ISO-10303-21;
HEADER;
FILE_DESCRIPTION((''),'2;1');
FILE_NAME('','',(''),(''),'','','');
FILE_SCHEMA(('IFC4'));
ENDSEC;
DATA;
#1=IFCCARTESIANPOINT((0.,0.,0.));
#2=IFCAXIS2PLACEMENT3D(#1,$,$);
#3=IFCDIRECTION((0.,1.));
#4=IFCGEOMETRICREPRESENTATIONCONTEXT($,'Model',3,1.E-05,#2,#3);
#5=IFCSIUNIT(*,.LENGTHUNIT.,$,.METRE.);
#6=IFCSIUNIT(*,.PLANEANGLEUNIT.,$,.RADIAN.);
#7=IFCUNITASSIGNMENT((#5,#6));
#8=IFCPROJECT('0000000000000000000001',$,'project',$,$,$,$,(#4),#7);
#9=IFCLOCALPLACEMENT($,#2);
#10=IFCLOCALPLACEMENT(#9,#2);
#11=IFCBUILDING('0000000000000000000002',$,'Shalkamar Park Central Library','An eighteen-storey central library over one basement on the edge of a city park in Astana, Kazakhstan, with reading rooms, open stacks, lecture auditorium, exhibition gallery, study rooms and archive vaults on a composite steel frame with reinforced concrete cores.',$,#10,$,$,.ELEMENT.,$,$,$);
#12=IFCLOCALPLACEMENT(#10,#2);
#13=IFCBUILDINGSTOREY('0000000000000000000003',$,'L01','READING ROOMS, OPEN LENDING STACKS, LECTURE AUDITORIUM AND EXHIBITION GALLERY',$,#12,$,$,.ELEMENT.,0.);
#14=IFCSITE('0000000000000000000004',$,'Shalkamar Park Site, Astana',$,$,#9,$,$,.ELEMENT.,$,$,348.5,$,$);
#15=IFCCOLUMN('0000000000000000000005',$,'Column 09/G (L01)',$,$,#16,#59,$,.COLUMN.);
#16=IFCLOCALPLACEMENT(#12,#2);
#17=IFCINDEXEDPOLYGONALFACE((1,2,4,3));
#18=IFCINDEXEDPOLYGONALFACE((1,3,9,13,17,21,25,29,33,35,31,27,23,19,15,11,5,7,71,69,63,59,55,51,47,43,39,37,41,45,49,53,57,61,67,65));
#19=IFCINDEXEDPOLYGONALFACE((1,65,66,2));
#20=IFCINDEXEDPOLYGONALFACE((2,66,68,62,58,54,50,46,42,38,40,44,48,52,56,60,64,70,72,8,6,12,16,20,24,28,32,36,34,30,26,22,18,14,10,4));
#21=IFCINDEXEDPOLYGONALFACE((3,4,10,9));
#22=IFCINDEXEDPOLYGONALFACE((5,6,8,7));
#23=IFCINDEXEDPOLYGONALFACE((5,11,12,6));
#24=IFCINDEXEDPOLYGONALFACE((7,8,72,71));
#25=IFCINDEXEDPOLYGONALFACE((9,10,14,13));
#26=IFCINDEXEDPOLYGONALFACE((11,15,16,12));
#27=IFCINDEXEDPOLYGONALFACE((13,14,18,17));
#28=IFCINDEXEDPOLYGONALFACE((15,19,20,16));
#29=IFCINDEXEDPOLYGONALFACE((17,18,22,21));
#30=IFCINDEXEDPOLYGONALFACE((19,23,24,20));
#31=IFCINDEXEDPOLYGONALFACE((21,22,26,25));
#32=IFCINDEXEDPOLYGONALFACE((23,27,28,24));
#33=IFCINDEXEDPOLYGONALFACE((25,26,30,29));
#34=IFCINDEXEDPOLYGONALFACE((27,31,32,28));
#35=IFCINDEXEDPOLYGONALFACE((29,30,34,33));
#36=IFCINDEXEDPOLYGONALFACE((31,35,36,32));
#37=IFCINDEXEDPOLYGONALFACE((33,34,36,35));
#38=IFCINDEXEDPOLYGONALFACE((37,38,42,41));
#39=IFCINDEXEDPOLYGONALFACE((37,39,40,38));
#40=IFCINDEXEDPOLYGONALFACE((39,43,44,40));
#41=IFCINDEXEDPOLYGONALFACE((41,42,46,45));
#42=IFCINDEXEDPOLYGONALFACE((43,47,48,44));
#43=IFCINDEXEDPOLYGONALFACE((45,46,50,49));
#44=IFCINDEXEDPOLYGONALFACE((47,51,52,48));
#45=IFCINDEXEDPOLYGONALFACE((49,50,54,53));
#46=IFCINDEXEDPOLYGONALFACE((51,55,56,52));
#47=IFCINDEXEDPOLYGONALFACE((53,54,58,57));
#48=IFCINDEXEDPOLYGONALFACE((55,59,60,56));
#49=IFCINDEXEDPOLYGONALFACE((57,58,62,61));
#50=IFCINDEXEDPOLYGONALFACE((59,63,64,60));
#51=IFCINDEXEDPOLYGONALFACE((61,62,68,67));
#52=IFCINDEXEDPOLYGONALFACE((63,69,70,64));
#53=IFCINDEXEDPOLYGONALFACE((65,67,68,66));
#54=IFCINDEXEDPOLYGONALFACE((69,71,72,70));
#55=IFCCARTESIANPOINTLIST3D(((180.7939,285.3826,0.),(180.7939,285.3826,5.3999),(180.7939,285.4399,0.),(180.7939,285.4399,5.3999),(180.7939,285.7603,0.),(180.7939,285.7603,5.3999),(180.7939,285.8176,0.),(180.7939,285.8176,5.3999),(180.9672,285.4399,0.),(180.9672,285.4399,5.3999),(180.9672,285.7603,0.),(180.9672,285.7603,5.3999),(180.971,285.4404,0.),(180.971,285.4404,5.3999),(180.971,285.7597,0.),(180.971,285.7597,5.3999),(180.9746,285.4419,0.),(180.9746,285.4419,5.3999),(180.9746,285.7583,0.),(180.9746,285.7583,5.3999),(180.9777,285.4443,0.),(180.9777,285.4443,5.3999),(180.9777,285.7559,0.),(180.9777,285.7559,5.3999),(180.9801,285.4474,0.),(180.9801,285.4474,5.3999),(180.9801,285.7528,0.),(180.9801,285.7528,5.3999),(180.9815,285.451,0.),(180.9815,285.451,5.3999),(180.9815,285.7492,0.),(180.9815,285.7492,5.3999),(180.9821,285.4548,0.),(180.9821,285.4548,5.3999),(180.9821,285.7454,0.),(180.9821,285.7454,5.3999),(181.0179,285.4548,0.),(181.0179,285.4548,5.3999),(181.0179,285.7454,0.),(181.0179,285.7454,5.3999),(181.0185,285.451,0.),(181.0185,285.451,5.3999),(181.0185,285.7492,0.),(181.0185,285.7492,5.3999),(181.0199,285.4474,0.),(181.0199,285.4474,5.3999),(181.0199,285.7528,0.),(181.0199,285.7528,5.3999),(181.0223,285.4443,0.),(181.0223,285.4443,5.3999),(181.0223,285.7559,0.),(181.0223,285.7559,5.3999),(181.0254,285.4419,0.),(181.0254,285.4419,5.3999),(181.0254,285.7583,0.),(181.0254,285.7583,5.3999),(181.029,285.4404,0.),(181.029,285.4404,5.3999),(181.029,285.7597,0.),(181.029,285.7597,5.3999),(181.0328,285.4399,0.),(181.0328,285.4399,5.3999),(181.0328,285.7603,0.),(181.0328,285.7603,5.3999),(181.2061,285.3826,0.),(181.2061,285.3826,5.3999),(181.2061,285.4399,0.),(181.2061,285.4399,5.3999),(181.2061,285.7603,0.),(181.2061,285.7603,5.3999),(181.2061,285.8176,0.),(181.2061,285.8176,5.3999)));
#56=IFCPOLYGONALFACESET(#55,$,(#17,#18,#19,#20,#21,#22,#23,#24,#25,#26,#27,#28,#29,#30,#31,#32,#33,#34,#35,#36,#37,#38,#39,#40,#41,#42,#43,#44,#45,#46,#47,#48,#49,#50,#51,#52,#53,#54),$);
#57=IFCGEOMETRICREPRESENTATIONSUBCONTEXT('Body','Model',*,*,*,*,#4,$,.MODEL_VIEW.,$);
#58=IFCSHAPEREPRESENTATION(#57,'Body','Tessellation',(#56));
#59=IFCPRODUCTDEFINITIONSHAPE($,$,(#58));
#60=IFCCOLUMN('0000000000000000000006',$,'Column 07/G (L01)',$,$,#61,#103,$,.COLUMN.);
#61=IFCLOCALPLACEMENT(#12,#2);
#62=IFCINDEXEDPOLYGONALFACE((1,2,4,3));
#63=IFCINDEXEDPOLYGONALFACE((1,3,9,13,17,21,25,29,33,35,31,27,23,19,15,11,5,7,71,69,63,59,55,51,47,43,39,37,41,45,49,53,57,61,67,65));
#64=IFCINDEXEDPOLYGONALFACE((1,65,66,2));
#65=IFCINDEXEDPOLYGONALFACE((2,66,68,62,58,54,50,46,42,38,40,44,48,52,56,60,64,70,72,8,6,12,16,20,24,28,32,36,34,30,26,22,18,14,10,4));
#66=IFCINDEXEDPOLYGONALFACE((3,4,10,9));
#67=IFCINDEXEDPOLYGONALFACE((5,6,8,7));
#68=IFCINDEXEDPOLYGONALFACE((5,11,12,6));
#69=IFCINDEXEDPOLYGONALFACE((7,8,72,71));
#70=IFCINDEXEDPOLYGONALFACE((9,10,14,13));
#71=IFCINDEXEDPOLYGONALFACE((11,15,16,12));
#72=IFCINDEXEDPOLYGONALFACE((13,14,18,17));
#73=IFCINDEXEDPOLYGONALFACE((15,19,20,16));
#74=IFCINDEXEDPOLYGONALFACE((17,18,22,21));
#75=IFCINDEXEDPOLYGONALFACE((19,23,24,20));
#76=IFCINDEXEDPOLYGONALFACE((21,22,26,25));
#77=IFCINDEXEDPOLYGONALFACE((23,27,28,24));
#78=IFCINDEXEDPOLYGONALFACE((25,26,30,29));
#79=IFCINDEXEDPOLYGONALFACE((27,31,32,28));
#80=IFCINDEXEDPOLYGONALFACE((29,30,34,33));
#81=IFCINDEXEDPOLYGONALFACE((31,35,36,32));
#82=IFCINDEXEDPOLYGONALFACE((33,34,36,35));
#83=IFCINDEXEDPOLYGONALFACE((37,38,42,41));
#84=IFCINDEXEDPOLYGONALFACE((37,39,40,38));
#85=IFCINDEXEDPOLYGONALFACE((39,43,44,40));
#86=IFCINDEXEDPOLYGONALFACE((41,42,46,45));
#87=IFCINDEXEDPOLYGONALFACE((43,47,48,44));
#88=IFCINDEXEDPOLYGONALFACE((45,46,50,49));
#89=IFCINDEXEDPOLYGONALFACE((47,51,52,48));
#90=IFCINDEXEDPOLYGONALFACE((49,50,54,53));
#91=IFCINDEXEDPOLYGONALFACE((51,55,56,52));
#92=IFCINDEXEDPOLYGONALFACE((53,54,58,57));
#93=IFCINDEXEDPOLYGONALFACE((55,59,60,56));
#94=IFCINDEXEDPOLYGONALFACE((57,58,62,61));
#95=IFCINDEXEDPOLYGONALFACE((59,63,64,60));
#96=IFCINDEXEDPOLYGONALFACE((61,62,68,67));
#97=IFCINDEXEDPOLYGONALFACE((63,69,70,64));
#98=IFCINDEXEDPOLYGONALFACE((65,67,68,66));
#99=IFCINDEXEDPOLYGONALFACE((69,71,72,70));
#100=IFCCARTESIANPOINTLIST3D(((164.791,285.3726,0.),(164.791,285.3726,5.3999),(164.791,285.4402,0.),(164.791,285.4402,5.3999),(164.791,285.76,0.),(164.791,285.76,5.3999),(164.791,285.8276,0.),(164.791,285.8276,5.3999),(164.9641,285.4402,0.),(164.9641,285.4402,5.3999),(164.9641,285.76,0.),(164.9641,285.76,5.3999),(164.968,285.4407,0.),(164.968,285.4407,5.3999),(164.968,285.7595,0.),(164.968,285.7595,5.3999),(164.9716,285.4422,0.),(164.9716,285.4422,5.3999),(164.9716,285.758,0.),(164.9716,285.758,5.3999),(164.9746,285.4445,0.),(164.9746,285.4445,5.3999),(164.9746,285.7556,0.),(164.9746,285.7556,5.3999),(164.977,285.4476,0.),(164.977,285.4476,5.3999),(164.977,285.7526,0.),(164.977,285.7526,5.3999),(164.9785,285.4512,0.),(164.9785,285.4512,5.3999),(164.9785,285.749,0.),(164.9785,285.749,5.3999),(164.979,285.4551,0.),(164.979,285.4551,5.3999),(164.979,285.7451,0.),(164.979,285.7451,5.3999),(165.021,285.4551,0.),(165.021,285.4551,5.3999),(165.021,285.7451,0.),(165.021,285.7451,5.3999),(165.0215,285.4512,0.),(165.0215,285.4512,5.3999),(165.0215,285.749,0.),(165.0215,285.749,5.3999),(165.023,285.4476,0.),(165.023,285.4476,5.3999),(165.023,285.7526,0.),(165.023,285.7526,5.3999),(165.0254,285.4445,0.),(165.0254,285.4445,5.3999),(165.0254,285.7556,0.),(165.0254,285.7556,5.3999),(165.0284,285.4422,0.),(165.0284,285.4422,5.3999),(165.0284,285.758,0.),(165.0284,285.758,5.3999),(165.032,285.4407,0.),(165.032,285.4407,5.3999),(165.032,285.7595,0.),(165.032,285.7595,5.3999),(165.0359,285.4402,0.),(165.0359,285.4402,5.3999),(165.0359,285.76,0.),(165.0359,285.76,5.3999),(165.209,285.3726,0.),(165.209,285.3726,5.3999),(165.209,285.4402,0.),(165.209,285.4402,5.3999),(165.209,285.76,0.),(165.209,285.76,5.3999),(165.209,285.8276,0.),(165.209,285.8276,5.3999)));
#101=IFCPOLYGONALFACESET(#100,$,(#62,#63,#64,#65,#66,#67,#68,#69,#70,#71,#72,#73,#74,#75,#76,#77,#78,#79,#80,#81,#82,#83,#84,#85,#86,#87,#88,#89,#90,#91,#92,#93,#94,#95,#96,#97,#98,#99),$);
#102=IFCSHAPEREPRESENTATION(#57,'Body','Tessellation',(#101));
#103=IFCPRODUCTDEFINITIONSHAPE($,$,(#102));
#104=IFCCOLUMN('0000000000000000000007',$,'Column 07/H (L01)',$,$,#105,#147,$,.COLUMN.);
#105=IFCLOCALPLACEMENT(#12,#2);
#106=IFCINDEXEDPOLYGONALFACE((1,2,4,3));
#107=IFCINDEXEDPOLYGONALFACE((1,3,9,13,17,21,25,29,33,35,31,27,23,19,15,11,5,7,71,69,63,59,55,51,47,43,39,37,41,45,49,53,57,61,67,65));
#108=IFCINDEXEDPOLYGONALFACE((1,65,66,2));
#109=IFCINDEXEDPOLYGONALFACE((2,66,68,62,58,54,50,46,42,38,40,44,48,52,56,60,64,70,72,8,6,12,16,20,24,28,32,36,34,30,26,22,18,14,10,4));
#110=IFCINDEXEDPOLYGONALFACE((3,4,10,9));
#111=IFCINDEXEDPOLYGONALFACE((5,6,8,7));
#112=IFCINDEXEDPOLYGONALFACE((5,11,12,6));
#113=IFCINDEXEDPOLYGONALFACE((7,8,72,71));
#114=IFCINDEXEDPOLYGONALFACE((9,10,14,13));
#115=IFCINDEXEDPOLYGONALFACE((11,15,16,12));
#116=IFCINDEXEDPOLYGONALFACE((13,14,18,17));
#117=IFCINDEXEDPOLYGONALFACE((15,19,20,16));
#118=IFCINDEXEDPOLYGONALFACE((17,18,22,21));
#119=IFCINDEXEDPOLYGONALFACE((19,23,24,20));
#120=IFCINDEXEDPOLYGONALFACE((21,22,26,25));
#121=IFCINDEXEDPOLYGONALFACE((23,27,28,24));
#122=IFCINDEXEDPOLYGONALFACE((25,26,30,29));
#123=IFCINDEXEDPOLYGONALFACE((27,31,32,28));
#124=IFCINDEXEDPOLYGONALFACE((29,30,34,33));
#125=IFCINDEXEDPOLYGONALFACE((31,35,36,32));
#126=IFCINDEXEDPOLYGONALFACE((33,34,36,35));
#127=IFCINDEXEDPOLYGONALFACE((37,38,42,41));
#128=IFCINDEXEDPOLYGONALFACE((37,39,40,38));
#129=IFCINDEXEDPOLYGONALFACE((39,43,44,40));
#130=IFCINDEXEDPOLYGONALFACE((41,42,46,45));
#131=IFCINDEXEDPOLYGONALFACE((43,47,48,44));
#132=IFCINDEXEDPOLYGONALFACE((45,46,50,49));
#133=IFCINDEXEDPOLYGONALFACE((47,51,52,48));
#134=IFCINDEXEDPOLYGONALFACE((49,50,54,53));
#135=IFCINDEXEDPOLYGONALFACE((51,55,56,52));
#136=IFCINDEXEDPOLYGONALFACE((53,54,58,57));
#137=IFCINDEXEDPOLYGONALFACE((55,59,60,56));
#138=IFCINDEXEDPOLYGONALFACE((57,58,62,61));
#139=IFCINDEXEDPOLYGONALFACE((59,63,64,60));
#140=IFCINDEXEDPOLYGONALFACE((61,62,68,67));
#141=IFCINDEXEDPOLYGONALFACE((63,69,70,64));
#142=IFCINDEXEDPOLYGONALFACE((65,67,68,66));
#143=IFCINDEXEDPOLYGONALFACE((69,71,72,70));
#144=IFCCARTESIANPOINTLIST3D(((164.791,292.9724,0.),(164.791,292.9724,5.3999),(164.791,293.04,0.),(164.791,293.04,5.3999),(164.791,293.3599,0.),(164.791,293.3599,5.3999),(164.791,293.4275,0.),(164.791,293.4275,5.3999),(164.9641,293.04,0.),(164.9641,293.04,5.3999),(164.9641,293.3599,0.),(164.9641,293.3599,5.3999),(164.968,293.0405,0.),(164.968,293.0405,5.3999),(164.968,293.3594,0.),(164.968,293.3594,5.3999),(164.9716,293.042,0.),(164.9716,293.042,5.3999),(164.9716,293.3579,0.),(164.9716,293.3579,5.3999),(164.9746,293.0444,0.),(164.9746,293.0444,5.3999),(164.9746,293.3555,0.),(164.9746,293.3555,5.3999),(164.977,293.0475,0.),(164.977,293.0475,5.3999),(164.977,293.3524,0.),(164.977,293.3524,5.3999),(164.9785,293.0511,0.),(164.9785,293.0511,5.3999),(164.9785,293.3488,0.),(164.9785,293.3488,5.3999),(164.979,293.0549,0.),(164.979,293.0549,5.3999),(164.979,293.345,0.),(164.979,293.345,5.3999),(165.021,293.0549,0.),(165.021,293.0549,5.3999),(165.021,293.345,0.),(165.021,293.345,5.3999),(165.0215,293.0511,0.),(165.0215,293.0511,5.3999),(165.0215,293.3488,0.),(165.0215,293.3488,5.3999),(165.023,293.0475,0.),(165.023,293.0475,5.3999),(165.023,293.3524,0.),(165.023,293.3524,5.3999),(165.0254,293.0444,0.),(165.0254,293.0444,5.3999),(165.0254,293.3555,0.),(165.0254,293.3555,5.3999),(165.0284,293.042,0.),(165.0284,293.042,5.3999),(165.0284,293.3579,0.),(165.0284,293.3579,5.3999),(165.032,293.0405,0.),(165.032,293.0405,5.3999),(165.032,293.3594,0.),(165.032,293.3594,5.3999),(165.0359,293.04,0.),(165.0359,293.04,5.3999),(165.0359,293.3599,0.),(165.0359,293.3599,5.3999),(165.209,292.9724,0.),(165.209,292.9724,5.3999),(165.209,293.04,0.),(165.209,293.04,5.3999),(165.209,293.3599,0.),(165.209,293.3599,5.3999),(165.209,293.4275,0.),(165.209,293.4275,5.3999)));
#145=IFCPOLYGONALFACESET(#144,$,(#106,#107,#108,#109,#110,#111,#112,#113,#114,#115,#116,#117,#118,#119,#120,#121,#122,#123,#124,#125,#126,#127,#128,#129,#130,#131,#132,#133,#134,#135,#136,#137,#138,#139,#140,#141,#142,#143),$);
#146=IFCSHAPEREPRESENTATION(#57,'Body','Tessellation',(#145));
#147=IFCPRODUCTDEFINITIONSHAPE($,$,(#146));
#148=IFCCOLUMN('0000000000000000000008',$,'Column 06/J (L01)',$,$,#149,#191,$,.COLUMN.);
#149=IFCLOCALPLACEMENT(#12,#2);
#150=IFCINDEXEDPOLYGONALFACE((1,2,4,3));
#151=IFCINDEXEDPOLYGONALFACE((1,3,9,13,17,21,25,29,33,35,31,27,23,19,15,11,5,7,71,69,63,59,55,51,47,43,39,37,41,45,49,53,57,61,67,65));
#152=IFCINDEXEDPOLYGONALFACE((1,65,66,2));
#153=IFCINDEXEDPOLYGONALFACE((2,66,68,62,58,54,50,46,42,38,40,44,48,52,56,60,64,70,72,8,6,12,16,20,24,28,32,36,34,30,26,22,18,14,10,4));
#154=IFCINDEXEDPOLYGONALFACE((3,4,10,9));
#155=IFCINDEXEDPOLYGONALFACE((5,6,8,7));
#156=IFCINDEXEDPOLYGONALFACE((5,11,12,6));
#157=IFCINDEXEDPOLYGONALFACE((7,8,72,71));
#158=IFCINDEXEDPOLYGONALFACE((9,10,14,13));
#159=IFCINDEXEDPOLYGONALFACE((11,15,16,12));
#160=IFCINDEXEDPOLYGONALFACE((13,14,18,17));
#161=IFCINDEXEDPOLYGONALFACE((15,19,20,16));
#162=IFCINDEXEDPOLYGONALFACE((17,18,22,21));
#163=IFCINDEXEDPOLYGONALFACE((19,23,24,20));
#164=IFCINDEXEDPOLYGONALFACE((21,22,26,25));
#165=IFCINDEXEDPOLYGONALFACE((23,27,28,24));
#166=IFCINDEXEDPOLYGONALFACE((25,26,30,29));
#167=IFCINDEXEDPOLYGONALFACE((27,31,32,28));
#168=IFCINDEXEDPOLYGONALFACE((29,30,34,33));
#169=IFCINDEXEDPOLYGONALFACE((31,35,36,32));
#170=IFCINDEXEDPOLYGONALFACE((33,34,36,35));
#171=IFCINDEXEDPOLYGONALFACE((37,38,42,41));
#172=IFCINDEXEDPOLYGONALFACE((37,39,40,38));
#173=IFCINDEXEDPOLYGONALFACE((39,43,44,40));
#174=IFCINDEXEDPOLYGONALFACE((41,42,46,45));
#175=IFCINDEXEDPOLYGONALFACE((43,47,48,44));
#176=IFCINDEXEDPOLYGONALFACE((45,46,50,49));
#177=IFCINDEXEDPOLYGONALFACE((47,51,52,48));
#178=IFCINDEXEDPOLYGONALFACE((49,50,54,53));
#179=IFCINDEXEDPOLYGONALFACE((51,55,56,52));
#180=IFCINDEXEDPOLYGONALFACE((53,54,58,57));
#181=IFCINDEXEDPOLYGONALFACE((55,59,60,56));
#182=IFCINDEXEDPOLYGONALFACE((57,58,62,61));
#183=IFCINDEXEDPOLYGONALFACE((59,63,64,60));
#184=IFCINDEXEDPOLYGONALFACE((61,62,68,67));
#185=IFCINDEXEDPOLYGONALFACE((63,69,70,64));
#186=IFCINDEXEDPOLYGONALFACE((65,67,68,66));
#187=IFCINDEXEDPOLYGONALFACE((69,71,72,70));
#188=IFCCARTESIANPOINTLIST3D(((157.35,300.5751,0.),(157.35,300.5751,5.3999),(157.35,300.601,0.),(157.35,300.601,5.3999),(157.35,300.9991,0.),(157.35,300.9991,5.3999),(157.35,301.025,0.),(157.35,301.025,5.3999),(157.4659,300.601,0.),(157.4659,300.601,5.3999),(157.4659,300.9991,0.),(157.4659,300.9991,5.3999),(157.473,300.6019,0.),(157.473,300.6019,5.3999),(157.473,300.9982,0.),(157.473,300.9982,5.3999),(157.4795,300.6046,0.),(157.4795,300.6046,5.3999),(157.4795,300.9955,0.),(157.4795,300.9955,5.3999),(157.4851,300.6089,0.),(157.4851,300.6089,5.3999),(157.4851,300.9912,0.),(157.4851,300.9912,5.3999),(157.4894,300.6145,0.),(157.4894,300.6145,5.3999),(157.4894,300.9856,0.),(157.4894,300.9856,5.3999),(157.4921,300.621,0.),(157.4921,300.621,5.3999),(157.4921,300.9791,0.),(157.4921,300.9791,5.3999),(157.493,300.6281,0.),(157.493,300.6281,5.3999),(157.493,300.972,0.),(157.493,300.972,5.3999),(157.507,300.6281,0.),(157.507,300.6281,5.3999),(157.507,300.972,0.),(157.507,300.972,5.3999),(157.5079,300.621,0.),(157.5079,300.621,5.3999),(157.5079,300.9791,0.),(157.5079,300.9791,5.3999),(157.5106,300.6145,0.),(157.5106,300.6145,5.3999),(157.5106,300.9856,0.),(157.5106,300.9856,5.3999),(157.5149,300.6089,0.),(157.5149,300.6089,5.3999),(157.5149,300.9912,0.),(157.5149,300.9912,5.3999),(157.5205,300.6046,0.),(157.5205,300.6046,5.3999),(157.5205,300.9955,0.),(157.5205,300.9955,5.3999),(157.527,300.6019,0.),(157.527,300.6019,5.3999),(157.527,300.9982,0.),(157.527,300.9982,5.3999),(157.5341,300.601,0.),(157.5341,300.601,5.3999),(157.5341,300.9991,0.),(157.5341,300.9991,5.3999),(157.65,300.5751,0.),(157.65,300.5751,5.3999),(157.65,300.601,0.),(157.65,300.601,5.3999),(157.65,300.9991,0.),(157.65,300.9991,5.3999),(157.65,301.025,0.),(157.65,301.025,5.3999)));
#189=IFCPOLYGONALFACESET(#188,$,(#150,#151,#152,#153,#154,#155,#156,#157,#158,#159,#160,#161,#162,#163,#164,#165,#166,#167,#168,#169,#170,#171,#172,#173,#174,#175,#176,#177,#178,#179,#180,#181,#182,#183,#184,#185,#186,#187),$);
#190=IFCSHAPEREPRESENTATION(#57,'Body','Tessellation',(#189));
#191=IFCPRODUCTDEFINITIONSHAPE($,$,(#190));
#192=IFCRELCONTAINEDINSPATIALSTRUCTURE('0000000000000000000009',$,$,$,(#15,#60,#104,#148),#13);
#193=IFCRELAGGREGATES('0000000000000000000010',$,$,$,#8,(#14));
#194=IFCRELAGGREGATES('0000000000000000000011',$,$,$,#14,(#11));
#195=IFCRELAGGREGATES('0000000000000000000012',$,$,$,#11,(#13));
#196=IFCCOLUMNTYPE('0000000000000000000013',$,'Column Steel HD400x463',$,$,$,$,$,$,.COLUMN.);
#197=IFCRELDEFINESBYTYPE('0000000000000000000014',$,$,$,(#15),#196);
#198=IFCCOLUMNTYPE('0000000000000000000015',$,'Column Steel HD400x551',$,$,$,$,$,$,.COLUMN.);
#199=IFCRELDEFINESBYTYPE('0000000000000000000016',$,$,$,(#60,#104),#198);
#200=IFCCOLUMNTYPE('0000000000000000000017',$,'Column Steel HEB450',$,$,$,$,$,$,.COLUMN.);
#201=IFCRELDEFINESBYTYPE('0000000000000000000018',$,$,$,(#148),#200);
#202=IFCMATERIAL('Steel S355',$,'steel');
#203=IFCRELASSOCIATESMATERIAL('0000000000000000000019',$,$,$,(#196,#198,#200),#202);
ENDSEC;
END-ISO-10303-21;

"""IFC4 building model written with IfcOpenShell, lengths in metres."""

from ifc_helpers import new_model, si_unit, direction, frame, origin, origin_2d, place, context, subcontext, project, spatial, i_section, extrude, material, material_profile, profile_set, type_object, element, save


model = new_model("IFC4")

# Units and contexts
model_context = context("Model", 3, precision=1e-05, world=origin(), true_north=direction((0.0, 1.0)))
body_context = subcontext(model_context, "Body", "Model", "MODEL_VIEW")
ifc_project = project(units=[si_unit("LENGTHUNIT", "METRE"), si_unit("PLANEANGLEUNIT", "RADIAN")], contexts=[model_context])

# Site, building, storey
site_placement = place(None, origin())
site = spatial("IfcSite", under=ifc_project, at=site_placement, Name="Shalkamar Park Site, Astana", CompositionType="ELEMENT", RefElevation=348.5)
building_placement = place(site_placement, origin())
building = spatial("IfcBuilding", under=site, at=building_placement, Name="Shalkamar Park Central Library", Description="An eighteen-storey central library over one basement on the edge of a city park in Astana, Kazakhstan, with reading rooms, open stacks, lecture auditorium, exhibition gallery, study rooms and archive vaults on a composite steel frame with reinforced concrete cores.", CompositionType="ELEMENT")
storey_placement = place(building_placement, origin())
storey = spatial("IfcBuildingStorey", under=building, at=storey_placement, Name="L01", Description="READING ROOMS, OPEN LENDING STACKS, LECTURE AUDITORIUM AND EXHIBITION GALLERY", CompositionType="ELEMENT", Elevation=0.0)

# Columns
ifc_material = material(Name="Steel S355", Category="steel")
ifc_material_profile_1 = material_profile(ifc_material, i_section(OverallWidth=0.4121, OverallDepth=0.4351, WebThickness=0.0359, FlangeThickness=0.0574, FilletRadius=0.0149, at=origin_2d()), Name="HD 400x463")
ifc_profile_set_1 = profile_set([ifc_material_profile_1], Name="Steel S355")
column_type_1 = type_object("IfcColumnType", Name="Column Steel HD400x463", PredefinedType="COLUMN", material=ifc_profile_set_1)
for number, where, z_axis, x_axis, name in (
    (1, (181.0, 285.6001, 0.0), (0.0, 0.0, 1.0), (1.0, 0.0, 0.0), "Column 09/G (L01)"),
):
    element("IfcColumn", number, at=place(storey_placement, frame(where, z_axis=z_axis, x_axis=x_axis)), inside=storey, type_object=column_type_1, Name=name, PredefinedType="COLUMN", context=body_context, shape_type="SweptSolid", body=[
        extrude(i_section(OverallWidth=0.4121, OverallDepth=0.4351, WebThickness=0.0359, FlangeThickness=0.0574, FilletRadius=0.0149, at=origin_2d()), origin(), (0.0, 0.0, 1.0), 5.3999),
    ])
ifc_material_profile_2 = material_profile(ifc_material, i_section(OverallWidth=0.418, OverallDepth=0.4551, WebThickness=0.042, FlangeThickness=0.0676, FilletRadius=0.0149, at=origin_2d()), Name="HD 400x551")
ifc_profile_set_2 = profile_set([ifc_material_profile_2], Name="Steel S355")
column_type_2 = type_object("IfcColumnType", Name="Column Steel HD400x551", PredefinedType="COLUMN", material=ifc_profile_set_2)
for number, where, z_axis, x_axis, name in (
    (2, (165.0, 285.6001, 0.0), (0.0, 0.0, 1.0), (1.0, 0.0, 0.0), "Column 07/G (L01)"),
    (3, (165.0, 293.2, 0.0), (0.0, 0.0, 1.0), (1.0, 0.0, 0.0), "Column 07/H (L01)"),
):
    element("IfcColumn", number, at=place(storey_placement, frame(where, z_axis=z_axis, x_axis=x_axis)), inside=storey, type_object=column_type_2, Name=name, PredefinedType="COLUMN", context=body_context, shape_type="SweptSolid", body=[
        extrude(i_section(OverallWidth=0.418, OverallDepth=0.4551, WebThickness=0.042, FlangeThickness=0.0676, FilletRadius=0.0149, at=origin_2d()), origin(), (0.0, 0.0, 1.0), 5.3999),
    ])
ifc_material_profile_3 = material_profile(ifc_material, i_section(OverallWidth=0.3, OverallDepth=0.45, WebThickness=0.0139, FlangeThickness=0.0259, FilletRadius=0.0271, at=origin_2d()), Name="HEB 450")
ifc_profile_set_3 = profile_set([ifc_material_profile_3], Name="Steel S355")
column_type_3 = type_object("IfcColumnType", Name="Column Steel HEB450", PredefinedType="COLUMN", material=ifc_profile_set_3)
for number, where, z_axis, x_axis, name in (
    (4, (157.5, 300.8, 0.0), (0.0, 0.0, 1.0), (1.0, 0.0, 0.0), "Column 06/J (L01)"),
):
    element("IfcColumn", number, at=place(storey_placement, frame(where, z_axis=z_axis, x_axis=x_axis)), inside=storey, type_object=column_type_3, Name=name, PredefinedType="COLUMN", context=body_context, shape_type="SweptSolid", body=[
        extrude(i_section(OverallWidth=0.3, OverallDepth=0.45, WebThickness=0.0139, FlangeThickness=0.0259, FilletRadius=0.0271, at=origin_2d()), origin(), (0.0, 0.0, 1.0), 5.3999),
    ])

save(model, "model.ifc")
